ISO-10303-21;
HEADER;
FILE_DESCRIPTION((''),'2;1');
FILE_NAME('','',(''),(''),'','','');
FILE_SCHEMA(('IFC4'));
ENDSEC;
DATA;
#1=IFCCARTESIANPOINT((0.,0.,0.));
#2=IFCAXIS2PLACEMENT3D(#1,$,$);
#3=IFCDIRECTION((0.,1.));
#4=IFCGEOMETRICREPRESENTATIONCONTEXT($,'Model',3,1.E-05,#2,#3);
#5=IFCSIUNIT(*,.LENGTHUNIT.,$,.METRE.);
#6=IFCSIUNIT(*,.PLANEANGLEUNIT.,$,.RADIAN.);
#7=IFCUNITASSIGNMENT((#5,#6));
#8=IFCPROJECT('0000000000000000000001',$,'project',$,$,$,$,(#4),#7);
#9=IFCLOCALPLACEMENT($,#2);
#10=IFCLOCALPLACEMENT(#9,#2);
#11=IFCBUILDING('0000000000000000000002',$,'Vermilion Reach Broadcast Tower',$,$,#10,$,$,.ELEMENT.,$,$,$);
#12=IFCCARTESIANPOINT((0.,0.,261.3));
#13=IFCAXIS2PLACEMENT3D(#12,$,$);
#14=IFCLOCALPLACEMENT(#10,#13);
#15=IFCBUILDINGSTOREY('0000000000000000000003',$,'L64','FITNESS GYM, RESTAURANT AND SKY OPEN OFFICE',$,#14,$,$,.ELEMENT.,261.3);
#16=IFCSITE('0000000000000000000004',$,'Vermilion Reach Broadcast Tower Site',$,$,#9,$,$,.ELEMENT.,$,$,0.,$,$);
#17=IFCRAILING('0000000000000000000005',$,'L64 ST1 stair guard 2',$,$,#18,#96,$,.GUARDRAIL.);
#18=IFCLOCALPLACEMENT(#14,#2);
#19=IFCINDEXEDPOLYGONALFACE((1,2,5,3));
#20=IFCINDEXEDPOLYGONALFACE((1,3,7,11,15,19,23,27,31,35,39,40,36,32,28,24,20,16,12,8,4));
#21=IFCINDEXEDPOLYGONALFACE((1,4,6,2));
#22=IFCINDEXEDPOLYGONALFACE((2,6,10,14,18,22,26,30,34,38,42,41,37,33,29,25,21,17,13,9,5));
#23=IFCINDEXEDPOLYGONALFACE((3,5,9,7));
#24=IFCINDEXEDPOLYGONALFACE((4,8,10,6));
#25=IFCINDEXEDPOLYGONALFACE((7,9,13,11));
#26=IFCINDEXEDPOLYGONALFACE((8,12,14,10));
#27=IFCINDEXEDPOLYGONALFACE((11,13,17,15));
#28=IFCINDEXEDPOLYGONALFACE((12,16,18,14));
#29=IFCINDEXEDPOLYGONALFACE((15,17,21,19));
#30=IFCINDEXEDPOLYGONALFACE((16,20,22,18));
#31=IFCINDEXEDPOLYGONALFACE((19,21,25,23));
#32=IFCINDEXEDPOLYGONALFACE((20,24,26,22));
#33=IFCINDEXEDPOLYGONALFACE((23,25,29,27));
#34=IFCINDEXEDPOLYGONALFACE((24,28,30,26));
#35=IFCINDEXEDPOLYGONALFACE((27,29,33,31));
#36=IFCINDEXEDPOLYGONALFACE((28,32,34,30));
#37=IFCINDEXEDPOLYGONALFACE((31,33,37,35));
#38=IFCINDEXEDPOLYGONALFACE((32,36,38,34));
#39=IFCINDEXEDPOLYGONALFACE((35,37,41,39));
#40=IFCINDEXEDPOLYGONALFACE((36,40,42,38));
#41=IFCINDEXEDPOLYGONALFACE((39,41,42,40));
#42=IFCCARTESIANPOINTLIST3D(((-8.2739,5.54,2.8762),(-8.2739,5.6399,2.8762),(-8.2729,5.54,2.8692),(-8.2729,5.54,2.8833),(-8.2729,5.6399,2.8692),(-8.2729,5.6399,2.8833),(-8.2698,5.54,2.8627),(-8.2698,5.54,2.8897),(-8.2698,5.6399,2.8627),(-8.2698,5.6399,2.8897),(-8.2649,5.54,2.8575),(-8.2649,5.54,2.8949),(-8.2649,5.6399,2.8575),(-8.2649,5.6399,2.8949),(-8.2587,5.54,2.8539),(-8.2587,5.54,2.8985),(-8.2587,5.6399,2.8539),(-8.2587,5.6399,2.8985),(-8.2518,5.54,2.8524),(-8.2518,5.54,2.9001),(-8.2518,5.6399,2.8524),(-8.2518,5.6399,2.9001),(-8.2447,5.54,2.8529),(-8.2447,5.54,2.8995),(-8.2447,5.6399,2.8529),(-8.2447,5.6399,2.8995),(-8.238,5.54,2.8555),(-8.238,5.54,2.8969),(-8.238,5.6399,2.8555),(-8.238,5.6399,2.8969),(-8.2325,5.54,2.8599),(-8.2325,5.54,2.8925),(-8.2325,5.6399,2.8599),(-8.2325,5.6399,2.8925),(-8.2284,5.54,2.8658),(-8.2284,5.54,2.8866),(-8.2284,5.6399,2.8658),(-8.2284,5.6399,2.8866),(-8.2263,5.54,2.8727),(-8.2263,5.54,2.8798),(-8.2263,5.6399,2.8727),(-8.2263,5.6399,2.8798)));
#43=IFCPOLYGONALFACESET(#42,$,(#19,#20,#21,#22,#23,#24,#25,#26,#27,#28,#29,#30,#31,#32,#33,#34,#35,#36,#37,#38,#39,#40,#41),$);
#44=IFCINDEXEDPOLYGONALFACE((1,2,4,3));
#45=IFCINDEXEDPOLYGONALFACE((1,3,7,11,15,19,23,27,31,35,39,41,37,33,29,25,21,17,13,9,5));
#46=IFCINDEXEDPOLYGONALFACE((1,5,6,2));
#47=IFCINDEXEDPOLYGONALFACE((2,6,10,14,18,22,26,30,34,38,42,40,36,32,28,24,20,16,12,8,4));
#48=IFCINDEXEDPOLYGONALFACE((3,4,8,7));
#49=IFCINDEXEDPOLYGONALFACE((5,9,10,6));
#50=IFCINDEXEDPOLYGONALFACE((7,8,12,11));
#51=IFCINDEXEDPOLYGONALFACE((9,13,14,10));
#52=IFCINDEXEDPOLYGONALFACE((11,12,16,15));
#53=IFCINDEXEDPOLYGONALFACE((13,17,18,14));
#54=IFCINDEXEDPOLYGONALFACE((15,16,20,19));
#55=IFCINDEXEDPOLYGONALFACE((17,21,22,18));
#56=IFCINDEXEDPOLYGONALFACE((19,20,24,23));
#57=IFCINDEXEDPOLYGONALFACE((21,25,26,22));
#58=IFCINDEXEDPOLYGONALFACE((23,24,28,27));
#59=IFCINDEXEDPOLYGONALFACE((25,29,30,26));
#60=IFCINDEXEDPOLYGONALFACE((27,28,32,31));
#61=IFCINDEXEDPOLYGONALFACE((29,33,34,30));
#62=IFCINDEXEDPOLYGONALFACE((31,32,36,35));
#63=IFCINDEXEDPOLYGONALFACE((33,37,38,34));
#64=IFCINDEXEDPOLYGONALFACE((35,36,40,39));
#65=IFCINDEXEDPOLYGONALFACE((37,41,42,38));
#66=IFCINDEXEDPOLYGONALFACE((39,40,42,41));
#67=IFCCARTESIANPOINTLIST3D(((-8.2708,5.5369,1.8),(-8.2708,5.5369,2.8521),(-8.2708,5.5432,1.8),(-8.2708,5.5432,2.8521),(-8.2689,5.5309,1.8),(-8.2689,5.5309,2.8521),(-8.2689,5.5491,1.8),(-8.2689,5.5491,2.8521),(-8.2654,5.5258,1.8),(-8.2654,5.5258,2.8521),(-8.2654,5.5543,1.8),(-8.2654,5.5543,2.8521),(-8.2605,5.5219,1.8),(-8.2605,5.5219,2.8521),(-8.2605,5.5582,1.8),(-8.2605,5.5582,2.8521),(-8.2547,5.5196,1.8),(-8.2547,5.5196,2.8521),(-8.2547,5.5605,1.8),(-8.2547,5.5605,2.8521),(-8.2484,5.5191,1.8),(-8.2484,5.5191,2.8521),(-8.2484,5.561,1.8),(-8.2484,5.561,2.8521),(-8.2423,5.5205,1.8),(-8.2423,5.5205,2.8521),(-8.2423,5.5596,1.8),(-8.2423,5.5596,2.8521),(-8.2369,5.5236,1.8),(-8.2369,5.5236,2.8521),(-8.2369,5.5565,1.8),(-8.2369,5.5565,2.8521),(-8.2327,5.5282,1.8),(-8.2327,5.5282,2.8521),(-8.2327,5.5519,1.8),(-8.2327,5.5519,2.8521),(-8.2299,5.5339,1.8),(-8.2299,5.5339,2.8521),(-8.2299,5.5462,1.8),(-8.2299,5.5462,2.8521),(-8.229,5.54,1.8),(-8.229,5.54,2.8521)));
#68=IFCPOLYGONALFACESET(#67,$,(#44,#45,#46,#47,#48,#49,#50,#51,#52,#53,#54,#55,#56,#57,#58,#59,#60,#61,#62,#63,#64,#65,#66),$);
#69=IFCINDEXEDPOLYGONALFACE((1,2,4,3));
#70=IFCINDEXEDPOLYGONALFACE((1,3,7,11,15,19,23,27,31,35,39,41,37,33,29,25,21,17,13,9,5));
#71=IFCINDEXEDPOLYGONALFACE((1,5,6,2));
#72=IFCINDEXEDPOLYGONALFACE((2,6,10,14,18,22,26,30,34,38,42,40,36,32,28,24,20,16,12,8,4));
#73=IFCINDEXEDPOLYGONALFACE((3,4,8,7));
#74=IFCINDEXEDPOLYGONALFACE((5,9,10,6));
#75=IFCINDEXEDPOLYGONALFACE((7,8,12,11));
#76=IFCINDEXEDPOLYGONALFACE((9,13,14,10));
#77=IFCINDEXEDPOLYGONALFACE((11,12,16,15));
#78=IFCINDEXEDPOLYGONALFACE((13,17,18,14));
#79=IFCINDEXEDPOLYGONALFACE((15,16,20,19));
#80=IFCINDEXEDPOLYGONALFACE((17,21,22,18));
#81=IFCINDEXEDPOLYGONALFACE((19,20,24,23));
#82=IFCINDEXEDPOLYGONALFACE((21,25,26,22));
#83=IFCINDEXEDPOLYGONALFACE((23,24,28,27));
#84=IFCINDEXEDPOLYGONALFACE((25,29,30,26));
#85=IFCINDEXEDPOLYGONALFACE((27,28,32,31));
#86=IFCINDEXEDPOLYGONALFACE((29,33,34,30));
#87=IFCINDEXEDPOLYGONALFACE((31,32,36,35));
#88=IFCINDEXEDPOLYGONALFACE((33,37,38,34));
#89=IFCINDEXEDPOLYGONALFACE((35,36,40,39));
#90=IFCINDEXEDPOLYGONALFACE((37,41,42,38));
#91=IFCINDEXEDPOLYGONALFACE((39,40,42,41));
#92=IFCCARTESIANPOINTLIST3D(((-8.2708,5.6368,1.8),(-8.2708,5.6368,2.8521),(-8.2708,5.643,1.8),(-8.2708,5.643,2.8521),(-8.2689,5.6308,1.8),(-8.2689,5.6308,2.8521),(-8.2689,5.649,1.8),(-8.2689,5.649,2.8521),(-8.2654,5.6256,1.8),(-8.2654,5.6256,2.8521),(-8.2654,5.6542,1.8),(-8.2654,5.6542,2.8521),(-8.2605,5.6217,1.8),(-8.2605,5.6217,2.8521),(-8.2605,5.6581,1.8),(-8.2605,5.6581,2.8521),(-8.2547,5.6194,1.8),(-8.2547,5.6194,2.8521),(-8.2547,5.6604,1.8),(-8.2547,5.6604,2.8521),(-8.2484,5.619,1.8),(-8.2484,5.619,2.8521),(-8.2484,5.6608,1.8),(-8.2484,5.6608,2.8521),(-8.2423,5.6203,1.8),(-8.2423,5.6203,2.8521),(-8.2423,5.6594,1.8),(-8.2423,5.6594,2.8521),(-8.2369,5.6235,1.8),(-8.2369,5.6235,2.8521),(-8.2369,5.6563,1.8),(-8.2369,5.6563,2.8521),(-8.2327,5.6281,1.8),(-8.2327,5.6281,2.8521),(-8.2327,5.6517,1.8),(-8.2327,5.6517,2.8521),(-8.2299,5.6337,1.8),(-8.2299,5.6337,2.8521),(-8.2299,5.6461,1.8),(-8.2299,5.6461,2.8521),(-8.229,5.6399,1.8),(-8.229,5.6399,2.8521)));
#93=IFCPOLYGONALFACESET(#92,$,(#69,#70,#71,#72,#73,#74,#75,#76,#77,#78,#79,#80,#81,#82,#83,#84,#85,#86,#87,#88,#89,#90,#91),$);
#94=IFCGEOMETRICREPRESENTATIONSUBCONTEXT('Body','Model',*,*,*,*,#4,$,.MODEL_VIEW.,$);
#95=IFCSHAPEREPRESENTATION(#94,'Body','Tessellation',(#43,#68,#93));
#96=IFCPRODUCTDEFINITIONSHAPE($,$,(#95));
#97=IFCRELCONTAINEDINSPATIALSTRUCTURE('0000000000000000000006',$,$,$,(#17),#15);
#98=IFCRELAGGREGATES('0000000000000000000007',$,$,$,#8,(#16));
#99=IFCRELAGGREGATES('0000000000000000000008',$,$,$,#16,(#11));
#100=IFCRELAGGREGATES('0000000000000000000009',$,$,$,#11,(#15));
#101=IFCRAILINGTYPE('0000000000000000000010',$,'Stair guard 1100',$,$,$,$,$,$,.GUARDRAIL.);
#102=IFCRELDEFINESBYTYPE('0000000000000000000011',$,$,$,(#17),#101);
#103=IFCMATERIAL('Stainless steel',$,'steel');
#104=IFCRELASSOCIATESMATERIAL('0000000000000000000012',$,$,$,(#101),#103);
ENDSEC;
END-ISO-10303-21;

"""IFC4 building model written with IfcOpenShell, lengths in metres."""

from ifc_helpers import new_model, si_unit, direction, frame, origin, origin_2d, place, context, subcontext, project, spatial, circle, extrude, material, type_object, element, save


model = new_model("IFC4")

# Units and contexts
model_context = context("Model", 3, precision=1e-05, world=origin(), true_north=direction((0.0, 1.0)))
body_context = subcontext(model_context, "Body", "Model", "MODEL_VIEW")
ifc_project = project(units=[si_unit("LENGTHUNIT", "METRE"), si_unit("PLANEANGLEUNIT", "RADIAN")], contexts=[model_context])

# Site, building, storey
site_placement = place(None, origin())
site = spatial("IfcSite", under=ifc_project, at=site_placement, Name="Vermilion Reach Broadcast Tower Site", CompositionType="ELEMENT", RefElevation=0.0)
building_placement = place(site_placement, origin())
building = spatial("IfcBuilding", under=site, at=building_placement, Name="Vermilion Reach Broadcast Tower", CompositionType="ELEMENT")
storey_placement = place(building_placement, frame((0.0, 0.0, 261.3)))
storey = spatial("IfcBuildingStorey", under=building, at=storey_placement, Name="L64", Description="FITNESS GYM, RESTAURANT AND SKY OPEN OFFICE", CompositionType="ELEMENT", Elevation=261.3)

# Railing
ifc_material_1 = material(Name="Stainless steel", Category="steel")
railing_type_1 = type_object("IfcRailingType", Name="Stair guard 1100", PredefinedType="GUARDRAIL", material=ifc_material_1)
railing_1_placement = place(storey_placement, frame((-8.25, 5.54, 1.8)))
element("IfcRailing", 1, at=railing_1_placement, inside=storey, type_object=railing_type_1, Name="L64 ST1 stair guard 2", PredefinedType="GUARDRAIL", context=body_context, shape_type="SweptSolid", body=[
    extrude(circle(Radius=0.0239, at=origin_2d()), frame((0.0, 0.0, 1.0762), z_axis=(0.0, 1.0, 0.0), x_axis=(-1.0, 0.0, 0.0)), (0.0, 0.0, 1.0), 0.0999),
    extrude(circle(Radius=0.021, at=origin_2d()), origin(), (0.0, 0.0, 1.0), 1.052),
    extrude(circle(Radius=0.021, at=origin_2d()), frame((0.0, 0.0999, 0.0)), (0.0, 0.0, 1.0), 1.052),
])

save(model, "model.ifc")
